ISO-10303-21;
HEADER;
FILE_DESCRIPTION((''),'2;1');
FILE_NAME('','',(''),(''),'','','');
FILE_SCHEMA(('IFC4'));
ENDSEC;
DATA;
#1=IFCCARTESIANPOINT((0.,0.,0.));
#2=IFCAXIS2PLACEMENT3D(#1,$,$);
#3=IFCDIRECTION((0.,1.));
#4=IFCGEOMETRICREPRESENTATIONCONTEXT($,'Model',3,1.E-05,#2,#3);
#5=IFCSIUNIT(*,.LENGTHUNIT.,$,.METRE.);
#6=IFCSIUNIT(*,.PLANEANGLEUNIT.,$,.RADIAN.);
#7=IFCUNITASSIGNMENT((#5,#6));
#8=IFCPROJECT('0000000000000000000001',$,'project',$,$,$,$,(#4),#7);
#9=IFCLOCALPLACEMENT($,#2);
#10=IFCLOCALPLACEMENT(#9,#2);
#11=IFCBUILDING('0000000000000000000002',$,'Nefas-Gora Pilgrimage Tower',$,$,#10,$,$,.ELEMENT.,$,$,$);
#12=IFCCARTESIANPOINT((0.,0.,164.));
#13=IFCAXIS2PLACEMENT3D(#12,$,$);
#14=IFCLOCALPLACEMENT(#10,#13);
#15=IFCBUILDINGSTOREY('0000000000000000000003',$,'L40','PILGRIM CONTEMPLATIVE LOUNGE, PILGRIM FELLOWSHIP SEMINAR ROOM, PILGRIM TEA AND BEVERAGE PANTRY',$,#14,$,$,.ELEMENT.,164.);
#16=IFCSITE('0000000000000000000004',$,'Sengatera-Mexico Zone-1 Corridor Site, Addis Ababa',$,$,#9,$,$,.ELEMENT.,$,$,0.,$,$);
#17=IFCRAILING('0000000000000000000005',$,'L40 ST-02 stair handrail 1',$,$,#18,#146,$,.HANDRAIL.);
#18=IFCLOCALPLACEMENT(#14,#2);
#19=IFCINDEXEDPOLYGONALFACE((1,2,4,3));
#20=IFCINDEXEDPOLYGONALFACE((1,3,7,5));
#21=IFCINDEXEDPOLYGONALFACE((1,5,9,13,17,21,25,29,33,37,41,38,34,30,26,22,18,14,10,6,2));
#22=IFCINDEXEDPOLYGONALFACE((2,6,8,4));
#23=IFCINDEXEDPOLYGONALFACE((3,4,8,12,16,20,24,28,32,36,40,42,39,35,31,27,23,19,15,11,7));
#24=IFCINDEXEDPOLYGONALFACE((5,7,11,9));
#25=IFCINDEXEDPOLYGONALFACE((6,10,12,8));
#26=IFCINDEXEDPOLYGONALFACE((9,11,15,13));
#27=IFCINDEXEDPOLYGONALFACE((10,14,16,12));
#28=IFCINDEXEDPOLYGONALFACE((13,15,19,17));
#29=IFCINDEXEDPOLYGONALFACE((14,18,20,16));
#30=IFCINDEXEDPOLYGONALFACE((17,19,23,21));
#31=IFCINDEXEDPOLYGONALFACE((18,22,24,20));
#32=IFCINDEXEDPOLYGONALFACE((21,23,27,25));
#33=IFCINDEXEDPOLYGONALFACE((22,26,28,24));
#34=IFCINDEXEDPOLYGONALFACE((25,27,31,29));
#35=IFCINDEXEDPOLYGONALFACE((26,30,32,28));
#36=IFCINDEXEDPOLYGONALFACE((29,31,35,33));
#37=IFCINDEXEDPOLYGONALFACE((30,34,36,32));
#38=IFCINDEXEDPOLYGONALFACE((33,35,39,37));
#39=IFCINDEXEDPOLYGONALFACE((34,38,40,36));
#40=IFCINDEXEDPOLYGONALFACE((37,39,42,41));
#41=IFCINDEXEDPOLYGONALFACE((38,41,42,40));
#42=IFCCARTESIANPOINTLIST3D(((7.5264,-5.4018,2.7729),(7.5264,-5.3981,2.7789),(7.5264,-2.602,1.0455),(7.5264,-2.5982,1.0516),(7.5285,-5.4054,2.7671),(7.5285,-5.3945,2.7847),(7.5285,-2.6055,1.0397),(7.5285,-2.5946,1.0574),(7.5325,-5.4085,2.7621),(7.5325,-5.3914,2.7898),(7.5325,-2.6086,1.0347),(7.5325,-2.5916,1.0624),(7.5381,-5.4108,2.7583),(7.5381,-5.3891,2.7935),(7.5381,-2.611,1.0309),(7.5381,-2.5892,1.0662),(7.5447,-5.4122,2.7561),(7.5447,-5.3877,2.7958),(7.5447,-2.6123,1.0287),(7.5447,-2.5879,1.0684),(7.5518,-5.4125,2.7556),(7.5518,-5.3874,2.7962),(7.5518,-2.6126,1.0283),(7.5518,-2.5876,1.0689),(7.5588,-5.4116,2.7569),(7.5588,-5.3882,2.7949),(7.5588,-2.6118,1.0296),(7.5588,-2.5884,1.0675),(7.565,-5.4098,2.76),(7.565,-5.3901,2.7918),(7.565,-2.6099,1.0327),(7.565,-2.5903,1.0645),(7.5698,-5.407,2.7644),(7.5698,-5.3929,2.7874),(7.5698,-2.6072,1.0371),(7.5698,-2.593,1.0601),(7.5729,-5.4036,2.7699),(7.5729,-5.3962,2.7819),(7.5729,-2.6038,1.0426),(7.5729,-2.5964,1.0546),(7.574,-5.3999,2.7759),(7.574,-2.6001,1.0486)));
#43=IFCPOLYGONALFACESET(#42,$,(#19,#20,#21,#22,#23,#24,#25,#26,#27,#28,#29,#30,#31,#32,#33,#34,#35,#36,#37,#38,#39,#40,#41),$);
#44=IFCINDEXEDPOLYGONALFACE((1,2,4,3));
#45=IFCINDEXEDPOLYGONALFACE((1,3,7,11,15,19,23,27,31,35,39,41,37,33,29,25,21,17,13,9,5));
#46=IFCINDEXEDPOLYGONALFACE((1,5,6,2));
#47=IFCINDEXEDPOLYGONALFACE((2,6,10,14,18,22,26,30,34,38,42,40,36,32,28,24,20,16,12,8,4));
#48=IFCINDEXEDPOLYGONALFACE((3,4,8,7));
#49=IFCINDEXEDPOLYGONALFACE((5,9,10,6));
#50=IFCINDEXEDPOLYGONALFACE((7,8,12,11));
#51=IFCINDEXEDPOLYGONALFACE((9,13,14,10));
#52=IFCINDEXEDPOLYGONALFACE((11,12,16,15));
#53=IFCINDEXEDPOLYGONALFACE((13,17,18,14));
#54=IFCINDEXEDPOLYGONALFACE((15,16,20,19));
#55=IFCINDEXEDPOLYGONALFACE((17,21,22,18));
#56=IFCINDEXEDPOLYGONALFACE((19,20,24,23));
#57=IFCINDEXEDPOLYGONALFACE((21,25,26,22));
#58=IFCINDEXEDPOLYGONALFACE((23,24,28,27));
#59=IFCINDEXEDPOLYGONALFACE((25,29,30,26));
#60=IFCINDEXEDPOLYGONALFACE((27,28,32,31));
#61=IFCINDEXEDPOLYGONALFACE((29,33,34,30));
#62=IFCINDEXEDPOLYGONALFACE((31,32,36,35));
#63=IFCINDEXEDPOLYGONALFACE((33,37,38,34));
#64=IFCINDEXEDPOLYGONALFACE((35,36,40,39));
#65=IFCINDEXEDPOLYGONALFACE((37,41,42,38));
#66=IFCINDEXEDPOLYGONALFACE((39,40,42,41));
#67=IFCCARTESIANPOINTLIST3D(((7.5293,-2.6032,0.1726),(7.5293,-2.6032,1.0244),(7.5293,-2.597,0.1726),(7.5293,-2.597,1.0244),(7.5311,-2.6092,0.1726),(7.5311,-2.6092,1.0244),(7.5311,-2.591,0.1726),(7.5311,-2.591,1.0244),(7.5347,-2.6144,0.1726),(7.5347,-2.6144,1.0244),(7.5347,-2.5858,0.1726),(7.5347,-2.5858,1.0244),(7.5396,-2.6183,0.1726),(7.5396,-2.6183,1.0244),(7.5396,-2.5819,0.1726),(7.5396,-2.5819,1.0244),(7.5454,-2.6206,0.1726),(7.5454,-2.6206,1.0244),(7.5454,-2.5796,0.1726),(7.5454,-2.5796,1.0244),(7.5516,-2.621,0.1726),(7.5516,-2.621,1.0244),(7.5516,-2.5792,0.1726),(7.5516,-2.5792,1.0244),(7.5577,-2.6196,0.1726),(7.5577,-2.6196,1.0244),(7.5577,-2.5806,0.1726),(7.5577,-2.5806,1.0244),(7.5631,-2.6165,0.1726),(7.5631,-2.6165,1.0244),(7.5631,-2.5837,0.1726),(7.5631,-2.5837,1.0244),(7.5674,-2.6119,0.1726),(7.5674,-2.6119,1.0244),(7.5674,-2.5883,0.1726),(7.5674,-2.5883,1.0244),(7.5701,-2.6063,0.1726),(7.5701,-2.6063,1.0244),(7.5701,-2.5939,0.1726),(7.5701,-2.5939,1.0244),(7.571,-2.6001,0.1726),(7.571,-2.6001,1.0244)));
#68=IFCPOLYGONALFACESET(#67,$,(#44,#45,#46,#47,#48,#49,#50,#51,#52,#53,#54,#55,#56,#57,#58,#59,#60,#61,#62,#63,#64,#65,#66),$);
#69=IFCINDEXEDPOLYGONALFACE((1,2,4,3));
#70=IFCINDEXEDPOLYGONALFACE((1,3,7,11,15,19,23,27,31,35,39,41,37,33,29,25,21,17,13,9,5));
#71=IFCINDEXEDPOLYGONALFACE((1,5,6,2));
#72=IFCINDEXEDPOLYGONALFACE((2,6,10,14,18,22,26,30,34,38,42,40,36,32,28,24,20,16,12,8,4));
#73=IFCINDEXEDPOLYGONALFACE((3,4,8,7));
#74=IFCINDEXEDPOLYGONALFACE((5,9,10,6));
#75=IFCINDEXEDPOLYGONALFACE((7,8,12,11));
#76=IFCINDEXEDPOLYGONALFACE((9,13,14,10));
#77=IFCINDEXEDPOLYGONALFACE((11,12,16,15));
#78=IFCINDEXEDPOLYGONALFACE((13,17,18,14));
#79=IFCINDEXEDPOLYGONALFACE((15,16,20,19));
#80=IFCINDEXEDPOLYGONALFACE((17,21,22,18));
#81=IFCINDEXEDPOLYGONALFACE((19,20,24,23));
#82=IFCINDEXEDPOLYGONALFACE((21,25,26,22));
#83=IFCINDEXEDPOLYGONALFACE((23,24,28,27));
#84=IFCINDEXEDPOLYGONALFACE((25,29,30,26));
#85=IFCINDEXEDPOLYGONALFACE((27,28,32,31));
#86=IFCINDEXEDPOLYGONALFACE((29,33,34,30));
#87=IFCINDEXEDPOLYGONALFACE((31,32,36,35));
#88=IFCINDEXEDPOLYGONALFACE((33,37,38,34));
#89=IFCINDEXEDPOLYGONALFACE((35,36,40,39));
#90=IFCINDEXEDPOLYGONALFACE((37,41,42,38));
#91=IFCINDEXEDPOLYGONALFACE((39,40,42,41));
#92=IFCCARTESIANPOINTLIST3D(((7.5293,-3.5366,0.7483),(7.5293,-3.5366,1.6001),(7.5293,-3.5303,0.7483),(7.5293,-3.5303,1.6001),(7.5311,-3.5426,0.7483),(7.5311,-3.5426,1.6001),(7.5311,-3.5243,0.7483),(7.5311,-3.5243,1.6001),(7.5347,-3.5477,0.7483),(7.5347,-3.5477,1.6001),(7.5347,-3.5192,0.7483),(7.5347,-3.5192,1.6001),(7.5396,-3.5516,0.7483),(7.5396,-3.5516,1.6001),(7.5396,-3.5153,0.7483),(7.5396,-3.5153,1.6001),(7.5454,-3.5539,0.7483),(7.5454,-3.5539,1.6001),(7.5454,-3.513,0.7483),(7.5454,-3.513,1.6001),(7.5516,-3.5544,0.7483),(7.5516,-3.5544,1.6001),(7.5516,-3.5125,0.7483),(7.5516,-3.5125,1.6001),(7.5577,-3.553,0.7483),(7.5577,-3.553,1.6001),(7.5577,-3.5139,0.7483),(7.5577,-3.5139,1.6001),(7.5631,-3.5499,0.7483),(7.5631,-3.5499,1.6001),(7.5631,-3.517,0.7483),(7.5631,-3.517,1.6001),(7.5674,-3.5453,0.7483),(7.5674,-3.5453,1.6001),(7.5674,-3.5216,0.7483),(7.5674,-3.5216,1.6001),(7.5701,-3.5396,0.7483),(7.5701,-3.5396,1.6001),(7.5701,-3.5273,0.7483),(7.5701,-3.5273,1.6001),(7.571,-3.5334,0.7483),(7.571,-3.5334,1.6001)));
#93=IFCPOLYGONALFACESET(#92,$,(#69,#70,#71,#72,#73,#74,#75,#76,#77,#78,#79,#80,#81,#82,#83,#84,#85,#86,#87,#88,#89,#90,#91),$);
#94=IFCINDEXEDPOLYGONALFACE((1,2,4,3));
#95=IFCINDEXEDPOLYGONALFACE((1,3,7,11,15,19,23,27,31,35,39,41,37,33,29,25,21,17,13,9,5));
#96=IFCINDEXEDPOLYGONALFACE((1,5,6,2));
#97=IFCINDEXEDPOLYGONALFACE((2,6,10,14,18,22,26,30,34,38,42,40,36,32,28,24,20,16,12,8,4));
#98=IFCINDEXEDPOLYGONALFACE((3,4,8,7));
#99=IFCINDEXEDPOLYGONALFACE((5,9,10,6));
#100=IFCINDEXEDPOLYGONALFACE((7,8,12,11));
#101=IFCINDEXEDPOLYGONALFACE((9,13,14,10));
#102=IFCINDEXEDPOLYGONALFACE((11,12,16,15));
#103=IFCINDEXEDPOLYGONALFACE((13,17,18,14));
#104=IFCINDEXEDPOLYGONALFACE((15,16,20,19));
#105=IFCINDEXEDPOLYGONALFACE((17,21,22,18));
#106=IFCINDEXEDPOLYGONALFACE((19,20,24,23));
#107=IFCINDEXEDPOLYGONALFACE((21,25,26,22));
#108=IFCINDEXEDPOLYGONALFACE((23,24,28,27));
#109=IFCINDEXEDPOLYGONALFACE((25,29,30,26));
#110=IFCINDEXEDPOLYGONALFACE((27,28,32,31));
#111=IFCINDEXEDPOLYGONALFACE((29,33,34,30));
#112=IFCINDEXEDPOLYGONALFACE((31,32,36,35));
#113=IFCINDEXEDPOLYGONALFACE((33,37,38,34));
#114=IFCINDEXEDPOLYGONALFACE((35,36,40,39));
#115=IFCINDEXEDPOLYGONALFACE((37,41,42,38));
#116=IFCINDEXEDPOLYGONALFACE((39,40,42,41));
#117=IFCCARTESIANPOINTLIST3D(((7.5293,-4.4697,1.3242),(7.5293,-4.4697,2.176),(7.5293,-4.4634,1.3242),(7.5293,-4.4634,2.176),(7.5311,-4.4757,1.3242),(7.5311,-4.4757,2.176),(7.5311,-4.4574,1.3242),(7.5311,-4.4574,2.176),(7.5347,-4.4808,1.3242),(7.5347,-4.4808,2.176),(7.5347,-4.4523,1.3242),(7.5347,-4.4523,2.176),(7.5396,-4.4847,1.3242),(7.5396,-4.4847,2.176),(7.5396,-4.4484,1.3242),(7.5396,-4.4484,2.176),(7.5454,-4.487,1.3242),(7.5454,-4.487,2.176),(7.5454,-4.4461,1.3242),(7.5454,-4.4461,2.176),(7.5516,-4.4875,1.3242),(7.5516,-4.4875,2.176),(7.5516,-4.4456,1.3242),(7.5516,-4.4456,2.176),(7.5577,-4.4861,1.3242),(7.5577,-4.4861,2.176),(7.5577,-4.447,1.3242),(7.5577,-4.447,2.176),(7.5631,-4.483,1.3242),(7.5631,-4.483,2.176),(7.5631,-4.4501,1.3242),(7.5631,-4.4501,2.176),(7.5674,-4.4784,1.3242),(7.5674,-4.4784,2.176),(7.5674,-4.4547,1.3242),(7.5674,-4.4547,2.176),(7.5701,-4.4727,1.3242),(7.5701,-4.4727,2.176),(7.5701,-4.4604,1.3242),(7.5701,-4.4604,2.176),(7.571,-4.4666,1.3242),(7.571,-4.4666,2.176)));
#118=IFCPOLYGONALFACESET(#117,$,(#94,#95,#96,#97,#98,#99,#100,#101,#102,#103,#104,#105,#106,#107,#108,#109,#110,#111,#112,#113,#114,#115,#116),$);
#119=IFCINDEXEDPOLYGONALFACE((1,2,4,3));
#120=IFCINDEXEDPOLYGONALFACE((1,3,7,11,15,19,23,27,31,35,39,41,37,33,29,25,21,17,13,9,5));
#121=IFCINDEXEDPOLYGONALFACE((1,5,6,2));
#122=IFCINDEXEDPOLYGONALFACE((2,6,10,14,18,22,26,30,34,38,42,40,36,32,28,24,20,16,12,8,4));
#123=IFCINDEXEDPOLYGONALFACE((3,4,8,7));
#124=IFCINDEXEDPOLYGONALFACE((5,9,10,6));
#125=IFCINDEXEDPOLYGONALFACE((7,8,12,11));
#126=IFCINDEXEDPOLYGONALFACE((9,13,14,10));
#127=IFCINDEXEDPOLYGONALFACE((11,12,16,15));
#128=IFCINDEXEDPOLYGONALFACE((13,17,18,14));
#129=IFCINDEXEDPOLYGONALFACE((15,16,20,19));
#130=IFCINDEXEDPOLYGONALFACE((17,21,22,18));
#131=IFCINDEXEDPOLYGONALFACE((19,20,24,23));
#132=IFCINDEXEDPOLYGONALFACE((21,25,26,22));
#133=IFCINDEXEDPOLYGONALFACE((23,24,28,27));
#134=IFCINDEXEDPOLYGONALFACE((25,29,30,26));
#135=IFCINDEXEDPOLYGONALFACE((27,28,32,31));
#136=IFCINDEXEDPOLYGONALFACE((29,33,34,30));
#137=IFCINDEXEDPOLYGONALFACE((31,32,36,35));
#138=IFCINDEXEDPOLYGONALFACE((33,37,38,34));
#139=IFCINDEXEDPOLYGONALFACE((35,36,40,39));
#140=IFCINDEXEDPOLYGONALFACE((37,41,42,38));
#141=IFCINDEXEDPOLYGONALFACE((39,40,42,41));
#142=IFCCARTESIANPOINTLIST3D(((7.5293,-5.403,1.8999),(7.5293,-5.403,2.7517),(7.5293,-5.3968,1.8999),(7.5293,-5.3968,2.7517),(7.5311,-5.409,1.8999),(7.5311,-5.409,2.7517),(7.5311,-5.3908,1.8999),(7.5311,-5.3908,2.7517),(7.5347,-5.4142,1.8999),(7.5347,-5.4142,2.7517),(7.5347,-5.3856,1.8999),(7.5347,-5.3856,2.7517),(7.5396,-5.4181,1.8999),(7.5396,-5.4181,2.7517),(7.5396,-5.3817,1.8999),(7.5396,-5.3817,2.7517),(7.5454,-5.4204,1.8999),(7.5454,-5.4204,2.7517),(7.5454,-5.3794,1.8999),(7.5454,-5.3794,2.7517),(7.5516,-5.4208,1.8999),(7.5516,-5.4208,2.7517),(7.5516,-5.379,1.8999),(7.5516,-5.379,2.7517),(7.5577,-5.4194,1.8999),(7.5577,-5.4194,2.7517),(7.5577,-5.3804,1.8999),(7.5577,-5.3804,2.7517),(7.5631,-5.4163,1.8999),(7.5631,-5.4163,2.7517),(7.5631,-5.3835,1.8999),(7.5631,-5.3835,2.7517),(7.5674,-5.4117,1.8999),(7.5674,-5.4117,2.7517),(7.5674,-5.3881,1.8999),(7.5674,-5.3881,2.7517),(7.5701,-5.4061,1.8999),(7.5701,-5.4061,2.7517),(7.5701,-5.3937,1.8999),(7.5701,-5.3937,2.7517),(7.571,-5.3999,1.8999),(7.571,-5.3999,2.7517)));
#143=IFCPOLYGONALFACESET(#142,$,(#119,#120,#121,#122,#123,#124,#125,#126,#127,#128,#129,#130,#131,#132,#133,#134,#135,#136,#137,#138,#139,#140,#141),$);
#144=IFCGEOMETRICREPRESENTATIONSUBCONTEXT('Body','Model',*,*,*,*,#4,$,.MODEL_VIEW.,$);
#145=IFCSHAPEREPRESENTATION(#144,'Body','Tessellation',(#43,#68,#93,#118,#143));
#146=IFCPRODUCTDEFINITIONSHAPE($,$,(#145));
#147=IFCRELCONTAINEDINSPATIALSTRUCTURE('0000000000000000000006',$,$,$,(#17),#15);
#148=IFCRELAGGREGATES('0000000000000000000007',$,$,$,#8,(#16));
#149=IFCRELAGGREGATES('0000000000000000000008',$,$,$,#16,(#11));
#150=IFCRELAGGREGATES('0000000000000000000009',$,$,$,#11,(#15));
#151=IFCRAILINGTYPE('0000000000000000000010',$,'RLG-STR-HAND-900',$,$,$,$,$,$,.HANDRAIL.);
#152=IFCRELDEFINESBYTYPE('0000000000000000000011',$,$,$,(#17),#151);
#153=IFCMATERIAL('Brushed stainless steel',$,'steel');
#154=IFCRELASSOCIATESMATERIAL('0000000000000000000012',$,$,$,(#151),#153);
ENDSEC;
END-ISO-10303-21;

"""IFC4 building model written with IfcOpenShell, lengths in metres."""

from ifc_helpers import new_model, si_unit, direction, frame, origin, origin_2d, place, context, subcontext, project, spatial, circle, extrude, material, type_object, element, save


model = new_model("IFC4")

# Units and contexts
model_context = context("Model", 3, precision=1e-05, world=origin(), true_north=direction((0.0, 1.0)))
body_context = subcontext(model_context, "Body", "Model", "MODEL_VIEW")
ifc_project = project(units=[si_unit("LENGTHUNIT", "METRE"), si_unit("PLANEANGLEUNIT", "RADIAN")], contexts=[model_context])

# Site, building, storey
site_placement = place(None, origin())
site = spatial("IfcSite", under=ifc_project, at=site_placement, Name="Sengatera-Mexico Zone-1 Corridor Site, Addis Ababa", CompositionType="ELEMENT", RefElevation=0.0)
building_placement = place(site_placement, origin())
building = spatial("IfcBuilding", under=site, at=building_placement, Name="Nefas-Gora Pilgrimage Tower", CompositionType="ELEMENT")
storey_placement = place(building_placement, frame((0.0, 0.0, 164.0)))
storey = spatial("IfcBuildingStorey", under=building, at=storey_placement, Name="L40", Description="PILGRIM CONTEMPLATIVE LOUNGE, PILGRIM FELLOWSHIP SEMINAR ROOM, PILGRIM TEA AND BEVERAGE PANTRY", CompositionType="ELEMENT", Elevation=164.0)

# Railing
ifc_material_1 = material(Name="Brushed stainless steel", Category="steel")
railing_type_1 = type_object("IfcRailingType", Name="RLG-STR-HAND-900", PredefinedType="HANDRAIL", material=ifc_material_1)
railing_1_placement = place(storey_placement, frame((7.55, -2.6001, 0.1726)))
element("IfcRailing", 1, at=railing_1_placement, inside=storey, type_object=railing_type_1, Name="L40 ST-02 stair handrail 1", PredefinedType="HANDRAIL", context=body_context, shape_type="SweptSolid", body=[
    extrude(circle(Radius=0.0239, at=origin_2d()), frame((0.0, 0.0, 0.876), z_axis=(0.0, -0.851069, 0.525054), x_axis=(1.0, 0.0, 0.0)), (0.0, 0.0, 1.0), 3.2898),
    extrude(circle(Radius=0.021, at=origin_2d()), origin(), (0.0, 0.0, 1.0), 0.8518),
    extrude(circle(Radius=0.021, at=origin_2d()), frame((0.0, -0.9333, 0.5757)), (0.0, 0.0, 1.0), 0.8518),
    extrude(circle(Radius=0.021, at=origin_2d()), frame((0.0, -1.8665, 1.1516)), (0.0, 0.0, 1.0), 0.8518),
    extrude(circle(Radius=0.021, at=origin_2d()), frame((0.0, -2.7998, 1.7273)), (0.0, 0.0, 1.0), 0.8518),
])

save(model, "model.ifc")
